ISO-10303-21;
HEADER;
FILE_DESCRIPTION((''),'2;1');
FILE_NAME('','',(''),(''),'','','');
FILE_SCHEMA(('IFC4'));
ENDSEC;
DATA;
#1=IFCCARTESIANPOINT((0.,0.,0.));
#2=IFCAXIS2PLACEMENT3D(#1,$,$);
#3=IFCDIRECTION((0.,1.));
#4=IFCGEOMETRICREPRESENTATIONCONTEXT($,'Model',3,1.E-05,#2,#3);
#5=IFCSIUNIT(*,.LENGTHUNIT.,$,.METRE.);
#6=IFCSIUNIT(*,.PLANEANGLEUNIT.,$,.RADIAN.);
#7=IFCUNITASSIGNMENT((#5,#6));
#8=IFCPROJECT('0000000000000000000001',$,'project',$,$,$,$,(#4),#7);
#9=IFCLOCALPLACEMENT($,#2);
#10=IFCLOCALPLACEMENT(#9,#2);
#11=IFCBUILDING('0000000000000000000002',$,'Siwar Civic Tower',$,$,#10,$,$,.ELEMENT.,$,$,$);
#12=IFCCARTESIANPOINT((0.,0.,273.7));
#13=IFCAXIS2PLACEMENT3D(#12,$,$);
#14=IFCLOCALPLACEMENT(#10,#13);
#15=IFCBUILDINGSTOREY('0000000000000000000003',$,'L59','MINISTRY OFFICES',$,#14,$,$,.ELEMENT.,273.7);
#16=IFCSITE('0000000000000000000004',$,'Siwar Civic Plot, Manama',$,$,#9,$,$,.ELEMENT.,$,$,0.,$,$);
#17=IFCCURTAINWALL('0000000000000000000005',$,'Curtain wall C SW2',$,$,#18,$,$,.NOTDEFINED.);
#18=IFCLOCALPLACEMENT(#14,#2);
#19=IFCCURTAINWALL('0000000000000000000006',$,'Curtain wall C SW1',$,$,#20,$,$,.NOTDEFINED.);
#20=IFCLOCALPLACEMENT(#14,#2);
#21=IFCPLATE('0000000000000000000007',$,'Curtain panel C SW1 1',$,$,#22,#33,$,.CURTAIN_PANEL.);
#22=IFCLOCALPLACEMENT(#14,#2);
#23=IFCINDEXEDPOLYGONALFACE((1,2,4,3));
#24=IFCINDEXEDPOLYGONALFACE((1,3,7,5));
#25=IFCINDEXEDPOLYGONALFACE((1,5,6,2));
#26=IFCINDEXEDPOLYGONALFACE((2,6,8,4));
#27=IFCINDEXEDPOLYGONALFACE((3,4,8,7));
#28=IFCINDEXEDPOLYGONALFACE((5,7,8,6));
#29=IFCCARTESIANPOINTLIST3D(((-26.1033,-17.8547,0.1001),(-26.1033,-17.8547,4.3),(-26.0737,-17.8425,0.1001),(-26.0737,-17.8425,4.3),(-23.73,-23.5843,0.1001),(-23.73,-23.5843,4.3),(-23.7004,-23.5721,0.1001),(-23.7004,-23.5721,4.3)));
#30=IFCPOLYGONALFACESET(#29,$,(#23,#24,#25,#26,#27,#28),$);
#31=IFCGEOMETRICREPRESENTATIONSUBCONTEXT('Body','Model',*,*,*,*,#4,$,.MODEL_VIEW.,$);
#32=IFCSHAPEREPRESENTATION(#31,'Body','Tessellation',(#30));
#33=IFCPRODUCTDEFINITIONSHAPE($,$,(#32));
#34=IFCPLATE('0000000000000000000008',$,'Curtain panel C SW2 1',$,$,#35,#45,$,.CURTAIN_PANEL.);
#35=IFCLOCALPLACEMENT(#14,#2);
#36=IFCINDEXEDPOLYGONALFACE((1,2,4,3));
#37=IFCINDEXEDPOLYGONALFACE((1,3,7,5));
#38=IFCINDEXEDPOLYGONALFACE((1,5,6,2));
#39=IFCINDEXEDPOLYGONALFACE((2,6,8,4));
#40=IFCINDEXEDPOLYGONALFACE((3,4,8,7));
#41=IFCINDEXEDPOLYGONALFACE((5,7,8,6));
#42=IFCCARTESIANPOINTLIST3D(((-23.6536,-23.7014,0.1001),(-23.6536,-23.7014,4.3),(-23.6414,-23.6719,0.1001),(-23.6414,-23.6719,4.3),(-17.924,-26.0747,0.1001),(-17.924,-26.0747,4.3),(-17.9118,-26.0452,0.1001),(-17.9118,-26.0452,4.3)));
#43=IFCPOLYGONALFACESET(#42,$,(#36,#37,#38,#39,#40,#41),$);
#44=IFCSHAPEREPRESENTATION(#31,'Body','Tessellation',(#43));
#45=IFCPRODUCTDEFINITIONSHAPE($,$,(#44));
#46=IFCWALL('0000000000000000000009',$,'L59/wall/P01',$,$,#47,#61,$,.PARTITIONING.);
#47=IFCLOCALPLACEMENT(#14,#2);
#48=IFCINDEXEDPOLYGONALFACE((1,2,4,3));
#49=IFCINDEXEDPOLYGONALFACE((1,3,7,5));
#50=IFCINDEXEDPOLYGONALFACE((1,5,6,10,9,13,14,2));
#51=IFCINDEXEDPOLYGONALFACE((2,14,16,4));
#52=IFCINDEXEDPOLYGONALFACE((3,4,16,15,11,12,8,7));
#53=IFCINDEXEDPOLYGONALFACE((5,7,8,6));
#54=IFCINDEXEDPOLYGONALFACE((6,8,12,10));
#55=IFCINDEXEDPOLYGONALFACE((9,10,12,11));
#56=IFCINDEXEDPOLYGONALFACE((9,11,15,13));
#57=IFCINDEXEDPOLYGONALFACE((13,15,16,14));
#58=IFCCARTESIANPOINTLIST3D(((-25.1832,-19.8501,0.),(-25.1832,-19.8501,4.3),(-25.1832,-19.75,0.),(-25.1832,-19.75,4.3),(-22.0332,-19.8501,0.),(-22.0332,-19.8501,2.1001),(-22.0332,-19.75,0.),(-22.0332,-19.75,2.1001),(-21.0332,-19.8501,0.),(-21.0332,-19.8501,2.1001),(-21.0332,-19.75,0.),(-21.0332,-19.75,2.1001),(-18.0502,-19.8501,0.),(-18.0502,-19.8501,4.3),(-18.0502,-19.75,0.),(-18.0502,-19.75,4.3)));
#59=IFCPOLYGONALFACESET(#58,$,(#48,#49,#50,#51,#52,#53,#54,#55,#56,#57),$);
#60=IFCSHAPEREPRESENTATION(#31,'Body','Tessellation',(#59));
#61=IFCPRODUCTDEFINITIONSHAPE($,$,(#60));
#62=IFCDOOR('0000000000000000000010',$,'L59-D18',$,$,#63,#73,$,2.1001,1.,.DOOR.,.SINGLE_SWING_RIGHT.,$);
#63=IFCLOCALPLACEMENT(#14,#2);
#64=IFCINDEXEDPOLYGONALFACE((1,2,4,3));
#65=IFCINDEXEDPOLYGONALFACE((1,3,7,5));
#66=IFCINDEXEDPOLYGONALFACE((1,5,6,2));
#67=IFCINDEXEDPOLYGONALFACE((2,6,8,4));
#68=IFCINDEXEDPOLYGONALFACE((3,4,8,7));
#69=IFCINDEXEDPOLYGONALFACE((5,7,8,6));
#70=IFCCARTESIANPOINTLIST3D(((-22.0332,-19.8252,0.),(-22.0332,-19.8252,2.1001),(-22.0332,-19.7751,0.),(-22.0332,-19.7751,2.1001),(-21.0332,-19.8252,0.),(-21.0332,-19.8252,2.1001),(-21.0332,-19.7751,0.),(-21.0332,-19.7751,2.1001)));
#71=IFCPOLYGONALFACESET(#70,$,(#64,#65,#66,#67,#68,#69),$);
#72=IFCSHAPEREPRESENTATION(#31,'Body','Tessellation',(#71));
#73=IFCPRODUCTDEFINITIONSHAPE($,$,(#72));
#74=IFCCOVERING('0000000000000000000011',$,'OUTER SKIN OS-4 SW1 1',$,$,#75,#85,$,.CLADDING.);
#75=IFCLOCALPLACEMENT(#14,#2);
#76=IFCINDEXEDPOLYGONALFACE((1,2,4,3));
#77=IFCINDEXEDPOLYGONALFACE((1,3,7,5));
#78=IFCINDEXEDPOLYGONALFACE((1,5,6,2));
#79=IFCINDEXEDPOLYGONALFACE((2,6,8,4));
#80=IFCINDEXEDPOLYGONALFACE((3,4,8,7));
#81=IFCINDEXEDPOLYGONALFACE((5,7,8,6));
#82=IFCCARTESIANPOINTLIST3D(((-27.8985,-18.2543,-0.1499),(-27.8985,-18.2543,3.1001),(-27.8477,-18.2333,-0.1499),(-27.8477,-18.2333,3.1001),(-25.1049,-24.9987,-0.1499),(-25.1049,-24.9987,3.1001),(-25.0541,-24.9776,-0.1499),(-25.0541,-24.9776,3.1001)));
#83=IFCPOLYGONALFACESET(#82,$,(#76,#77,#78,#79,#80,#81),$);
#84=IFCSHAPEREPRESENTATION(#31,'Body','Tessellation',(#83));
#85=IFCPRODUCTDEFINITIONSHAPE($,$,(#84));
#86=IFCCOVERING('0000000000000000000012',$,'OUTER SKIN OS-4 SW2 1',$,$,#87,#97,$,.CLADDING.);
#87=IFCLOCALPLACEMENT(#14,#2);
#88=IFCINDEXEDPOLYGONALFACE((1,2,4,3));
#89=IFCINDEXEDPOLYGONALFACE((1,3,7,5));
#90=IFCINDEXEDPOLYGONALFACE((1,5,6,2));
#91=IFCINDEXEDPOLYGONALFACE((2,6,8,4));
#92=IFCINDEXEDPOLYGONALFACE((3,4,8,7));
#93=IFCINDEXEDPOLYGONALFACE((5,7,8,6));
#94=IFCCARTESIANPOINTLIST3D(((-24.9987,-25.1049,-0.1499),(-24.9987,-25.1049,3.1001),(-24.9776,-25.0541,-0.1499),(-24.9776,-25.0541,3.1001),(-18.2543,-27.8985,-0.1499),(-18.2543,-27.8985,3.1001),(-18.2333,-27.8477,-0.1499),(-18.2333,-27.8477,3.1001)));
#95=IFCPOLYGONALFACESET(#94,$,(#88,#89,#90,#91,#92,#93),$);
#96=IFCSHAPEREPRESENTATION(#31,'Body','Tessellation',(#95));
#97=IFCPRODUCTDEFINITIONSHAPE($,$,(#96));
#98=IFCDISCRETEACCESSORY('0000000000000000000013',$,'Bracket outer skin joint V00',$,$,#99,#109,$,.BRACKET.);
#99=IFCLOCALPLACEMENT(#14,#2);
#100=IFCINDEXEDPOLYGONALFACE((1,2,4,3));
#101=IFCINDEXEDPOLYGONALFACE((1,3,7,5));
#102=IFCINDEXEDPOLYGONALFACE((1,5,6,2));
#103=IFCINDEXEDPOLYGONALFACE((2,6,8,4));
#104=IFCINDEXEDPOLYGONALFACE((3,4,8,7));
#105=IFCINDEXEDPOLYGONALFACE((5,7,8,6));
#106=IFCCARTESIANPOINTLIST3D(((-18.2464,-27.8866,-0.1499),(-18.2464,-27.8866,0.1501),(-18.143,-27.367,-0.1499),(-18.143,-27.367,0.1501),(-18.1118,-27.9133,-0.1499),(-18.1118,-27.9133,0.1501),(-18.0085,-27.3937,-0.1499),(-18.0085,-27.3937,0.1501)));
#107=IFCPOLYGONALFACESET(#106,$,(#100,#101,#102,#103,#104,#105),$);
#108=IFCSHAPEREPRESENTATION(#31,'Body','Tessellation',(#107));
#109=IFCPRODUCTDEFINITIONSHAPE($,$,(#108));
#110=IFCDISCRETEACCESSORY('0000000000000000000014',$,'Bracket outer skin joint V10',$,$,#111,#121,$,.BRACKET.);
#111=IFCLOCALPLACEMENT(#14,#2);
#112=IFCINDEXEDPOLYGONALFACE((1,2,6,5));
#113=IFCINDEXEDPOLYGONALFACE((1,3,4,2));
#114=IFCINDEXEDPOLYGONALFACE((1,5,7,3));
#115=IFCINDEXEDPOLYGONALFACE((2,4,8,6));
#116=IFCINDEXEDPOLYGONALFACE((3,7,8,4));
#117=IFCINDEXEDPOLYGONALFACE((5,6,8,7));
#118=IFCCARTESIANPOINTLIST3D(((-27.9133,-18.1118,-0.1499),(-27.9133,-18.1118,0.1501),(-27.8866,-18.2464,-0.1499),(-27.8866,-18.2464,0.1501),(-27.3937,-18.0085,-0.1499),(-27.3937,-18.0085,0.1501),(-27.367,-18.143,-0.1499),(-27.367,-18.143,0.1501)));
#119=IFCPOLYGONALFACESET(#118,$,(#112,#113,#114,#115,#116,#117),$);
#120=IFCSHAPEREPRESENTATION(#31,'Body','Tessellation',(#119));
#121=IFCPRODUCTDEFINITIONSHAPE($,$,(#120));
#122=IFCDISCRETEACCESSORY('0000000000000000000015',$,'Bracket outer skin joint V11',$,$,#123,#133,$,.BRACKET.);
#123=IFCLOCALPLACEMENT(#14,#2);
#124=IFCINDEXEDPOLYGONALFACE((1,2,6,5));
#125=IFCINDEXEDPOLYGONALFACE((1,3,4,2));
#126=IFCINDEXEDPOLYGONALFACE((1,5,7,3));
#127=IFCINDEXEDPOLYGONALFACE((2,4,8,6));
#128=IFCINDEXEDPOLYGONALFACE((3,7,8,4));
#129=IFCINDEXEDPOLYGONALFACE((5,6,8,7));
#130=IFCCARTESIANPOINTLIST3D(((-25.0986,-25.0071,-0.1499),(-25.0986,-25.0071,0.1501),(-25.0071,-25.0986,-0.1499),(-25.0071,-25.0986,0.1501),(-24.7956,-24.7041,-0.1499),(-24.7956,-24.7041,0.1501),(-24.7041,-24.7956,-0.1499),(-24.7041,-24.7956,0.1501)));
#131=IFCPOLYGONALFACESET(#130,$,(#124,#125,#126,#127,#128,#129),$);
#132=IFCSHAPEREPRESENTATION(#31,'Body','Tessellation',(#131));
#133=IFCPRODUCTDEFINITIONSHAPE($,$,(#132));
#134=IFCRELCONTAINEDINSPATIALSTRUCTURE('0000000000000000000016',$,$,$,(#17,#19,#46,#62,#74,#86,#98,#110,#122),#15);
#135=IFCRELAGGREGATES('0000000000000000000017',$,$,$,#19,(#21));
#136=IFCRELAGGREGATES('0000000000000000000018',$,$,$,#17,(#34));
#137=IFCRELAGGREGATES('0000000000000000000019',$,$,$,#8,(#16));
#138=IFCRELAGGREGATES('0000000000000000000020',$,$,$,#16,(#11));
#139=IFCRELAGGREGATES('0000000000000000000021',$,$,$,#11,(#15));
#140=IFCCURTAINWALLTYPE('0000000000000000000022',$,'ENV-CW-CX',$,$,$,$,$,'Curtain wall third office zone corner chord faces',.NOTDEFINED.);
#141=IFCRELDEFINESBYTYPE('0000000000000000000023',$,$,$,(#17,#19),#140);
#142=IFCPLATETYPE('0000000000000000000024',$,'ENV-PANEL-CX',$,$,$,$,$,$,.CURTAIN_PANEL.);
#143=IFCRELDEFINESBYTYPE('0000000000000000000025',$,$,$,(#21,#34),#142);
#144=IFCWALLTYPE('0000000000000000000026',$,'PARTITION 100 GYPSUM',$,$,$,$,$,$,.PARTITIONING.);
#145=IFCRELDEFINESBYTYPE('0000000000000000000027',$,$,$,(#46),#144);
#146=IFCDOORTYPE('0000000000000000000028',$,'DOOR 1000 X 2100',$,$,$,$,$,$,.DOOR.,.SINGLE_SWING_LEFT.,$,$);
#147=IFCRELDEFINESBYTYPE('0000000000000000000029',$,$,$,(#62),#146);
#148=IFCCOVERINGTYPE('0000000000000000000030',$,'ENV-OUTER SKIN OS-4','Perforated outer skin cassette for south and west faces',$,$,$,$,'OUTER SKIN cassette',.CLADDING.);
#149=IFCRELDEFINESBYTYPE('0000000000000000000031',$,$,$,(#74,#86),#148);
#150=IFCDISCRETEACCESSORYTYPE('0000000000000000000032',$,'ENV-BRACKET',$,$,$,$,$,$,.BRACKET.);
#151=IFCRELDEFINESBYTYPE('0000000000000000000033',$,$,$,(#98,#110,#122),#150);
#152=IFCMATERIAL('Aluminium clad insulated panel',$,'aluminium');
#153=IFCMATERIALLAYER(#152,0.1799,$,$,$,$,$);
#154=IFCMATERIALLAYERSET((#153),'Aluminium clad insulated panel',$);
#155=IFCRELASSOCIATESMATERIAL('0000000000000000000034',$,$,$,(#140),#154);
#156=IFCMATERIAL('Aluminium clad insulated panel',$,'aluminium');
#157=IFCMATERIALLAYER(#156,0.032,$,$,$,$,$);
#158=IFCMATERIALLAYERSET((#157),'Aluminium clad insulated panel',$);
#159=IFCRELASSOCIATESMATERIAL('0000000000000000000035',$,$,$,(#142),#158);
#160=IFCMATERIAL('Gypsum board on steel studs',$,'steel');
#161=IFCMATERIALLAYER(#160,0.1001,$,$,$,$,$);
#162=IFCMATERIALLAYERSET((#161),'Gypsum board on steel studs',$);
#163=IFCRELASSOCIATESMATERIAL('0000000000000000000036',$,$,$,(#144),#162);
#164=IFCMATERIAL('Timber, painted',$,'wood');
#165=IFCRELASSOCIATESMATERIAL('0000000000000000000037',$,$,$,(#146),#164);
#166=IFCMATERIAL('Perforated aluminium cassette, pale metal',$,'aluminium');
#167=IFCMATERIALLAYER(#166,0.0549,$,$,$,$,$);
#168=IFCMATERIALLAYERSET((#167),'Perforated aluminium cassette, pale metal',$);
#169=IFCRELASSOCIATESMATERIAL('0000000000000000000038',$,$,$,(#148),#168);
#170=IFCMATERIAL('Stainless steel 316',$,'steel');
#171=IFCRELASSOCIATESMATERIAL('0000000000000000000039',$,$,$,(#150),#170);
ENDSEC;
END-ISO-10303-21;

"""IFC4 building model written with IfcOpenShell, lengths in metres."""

from ifc_helpers import new_model, si_unit, direction, frame, frame_2d, origin, origin_2d, place, context, subcontext, project, spatial, rectangle, extrude, material, layer, layer_set, type_object, element, fill, aggregate, save


model = new_model("IFC4")

# Units and contexts
model_context = context("Model", 3, precision=1e-05, world=origin(), true_north=direction((0.0, 1.0)))
body_context = subcontext(model_context, "Body", "Model", "MODEL_VIEW")
ifc_project = project(units=[si_unit("LENGTHUNIT", "METRE"), si_unit("PLANEANGLEUNIT", "RADIAN")], contexts=[model_context])

# Site, building, storey
site_placement = place(None, origin())
site = spatial("IfcSite", under=ifc_project, at=site_placement, Name="Siwar Civic Plot, Manama", CompositionType="ELEMENT", RefElevation=0.0)
building_placement = place(site_placement, origin())
building = spatial("IfcBuilding", under=site, at=building_placement, Name="Siwar Civic Tower", CompositionType="ELEMENT")
storey_placement = place(building_placement, frame((0.0, 0.0, 273.7)))
storey = spatial("IfcBuildingStorey", under=building, at=storey_placement, Name="L59", Description="MINISTRY OFFICES", CompositionType="ELEMENT", Elevation=273.7)

# Curtain wall
ifc_material_1 = material(Name="Aluminium clad insulated panel", Category="aluminium")
ifc_layer_1 = layer(ifc_material_1, 0.1799)
ifc_layer_set_1 = layer_set([ifc_layer_1], Name="Aluminium clad insulated panel")
curtain_wall_type = type_object("IfcCurtainWallType", Name="ENV-CW-CX", ElementType="Curtain wall third office zone corner chord faces", PredefinedType="NOTDEFINED", material=ifc_layer_set_1)
curtain_wall_1_placement = place(storey_placement, origin())
curtain_wall_1 = element("IfcCurtainWall", 1, at=curtain_wall_1_placement, inside=storey, type_object=curtain_wall_type, Name="Curtain wall C SW2", PredefinedType="NOTDEFINED")

# Curtain wall, plate
curtain_wall_2_placement = place(storey_placement, origin())
curtain_wall_2 = element("IfcCurtainWall", 2, at=curtain_wall_2_placement, inside=storey, type_object=curtain_wall_type, Name="Curtain wall C SW1", PredefinedType="NOTDEFINED")
ifc_material_2 = material(Name="Aluminium clad insulated panel", Category="aluminium")
ifc_layer_2 = layer(ifc_material_2, 0.032)
ifc_layer_set_2 = layer_set([ifc_layer_2], Name="Aluminium clad insulated panel")
plate_type = type_object("IfcPlateType", Name="ENV-PANEL-CX", PredefinedType="CURTAIN_PANEL", material=ifc_layer_set_2)
plate_1_placement = place(storey_placement, frame((-24.9019, -20.7134, 0.1001), z_axis=(0.0, 0.0, 1.0), x_axis=(0.382683, -0.92388, 0.0)))
plate_1 = element("IfcPlate", 3, at=plate_1_placement, type_object=plate_type, Name="Curtain panel C SW1 1", PredefinedType="CURTAIN_PANEL", context=body_context, shape_type="SweptSolid", body=[
    extrude(rectangle(XDim=6.2017, YDim=0.032, at=origin_2d()), origin(), (0.0, 0.0, 1.0), 4.2),
])
aggregate(curtain_wall_2, [plate_1])

# Plate
plate_2_placement = place(storey_placement, frame((-20.7827, -24.8733, 0.1001), z_axis=(0.0, 0.0, 1.0), x_axis=(0.92388, -0.382683, 0.0)))
plate_2 = element("IfcPlate", 4, at=plate_2_placement, type_object=plate_type, Name="Curtain panel C SW2 1", PredefinedType="CURTAIN_PANEL", context=body_context, shape_type="SweptSolid", body=[
    extrude(rectangle(XDim=6.2017, YDim=0.032, at=origin_2d()), origin(), (0.0, 0.0, 1.0), 4.2),
])
aggregate(curtain_wall_1, [plate_2])

# Wall, opening, door
ifc_material_3 = material(Name="Gypsum board on steel studs", Category="steel")
ifc_layer_3 = layer(ifc_material_3, 0.1001)
ifc_layer_set_3 = layer_set([ifc_layer_3], Name="Gypsum board on steel studs")
wall_type = type_object("IfcWallType", Name="PARTITION 100 GYPSUM", PredefinedType="PARTITIONING", material=ifc_layer_set_3)
wall_placement = place(storey_placement, frame((-25.1831, -19.8, 0.0), z_axis=(0.0, 0.0, 1.0), x_axis=(1.0, 0.0, 0.0)))
wall = element("IfcWall", 5, at=wall_placement, inside=storey, type_object=wall_type, Name="L59/wall/P01", PredefinedType="PARTITIONING", context=body_context, shape_type="SweptSolid", body=[
    extrude(rectangle(XDim=7.1331, YDim=0.1001, at=frame_2d((3.5664, 0.0))), origin(), (0.0, 0.0, 1.0), 4.3),
])
opening_placement = place(wall_placement, frame((3.1499, 0.0, 0.0)))
opening = element("IfcOpeningElement", 6, at=opening_placement, cuts=wall, PredefinedType="OPENING", context=body_context, shape_type="SweptSolid", body=[
    extrude(rectangle(XDim=1.0, YDim=2.1001, at=frame_2d((0.5, 1.05))), frame((0.0, 0.0601, 0.0), z_axis=(0.0, -1.0, 0.0), x_axis=(1.0, 0.0, 0.0)), (0.0, 0.0, 1.0), 0.1201),
])
ifc_material_4 = material(Name="Timber, painted", Category="wood")
door_type = type_object("IfcDoorType", Name="DOOR 1000 X 2100", OperationType="SINGLE_SWING_LEFT", PredefinedType="DOOR", material=ifc_material_4)
door_placement = place(opening_placement, origin())
door = element("IfcDoor", 7, at=door_placement, inside=storey, type_object=door_type, Name="L59-D18", OperationType="SINGLE_SWING_RIGHT", OverallHeight=2.1001, OverallWidth=1.0, PredefinedType="DOOR", context=body_context, shape_type="SweptSolid", body=[
    extrude(rectangle(XDim=1.0, YDim=2.1001, at=frame_2d((0.5, 1.05))), frame((0.0, 0.0249, 0.0), z_axis=(0.0, -1.0, 0.0), x_axis=(1.0, 0.0, 0.0)), (0.0, 0.0, 1.0), 0.05),
])
fill(opening, door)

# Coverings
ifc_material_5 = material(Name="Perforated aluminium cassette, pale metal", Category="aluminium")
ifc_layer_4 = layer(ifc_material_5, 0.0549)
ifc_layer_set_4 = layer_set([ifc_layer_4], Name="Perforated aluminium cassette, pale metal")
covering_type = type_object("IfcCoveringType", Name="ENV-OUTER SKIN OS-4", Description="Perforated outer skin cassette for south and west faces", ElementType="OUTER SKIN cassette", PredefinedType="CLADDING", material=ifc_layer_set_4)
for number, where, z_axis, x_axis, name in (
    (8, (-26.4763, -21.616, -0.1499), (0.0, 0.0, 1.0), (0.382683, -0.92388, 0.0), "OUTER SKIN OS-4 SW1 1"),
    (9, (-21.616, -26.4763, -0.1499), (0.0, 0.0, 1.0), (0.92388, -0.382683, 0.0), "OUTER SKIN OS-4 SW2 1"),
):
    element("IfcCovering", number, at=place(storey_placement, frame(where, z_axis=z_axis, x_axis=x_axis)), inside=storey, type_object=covering_type, Name=name, PredefinedType="CLADDING", context=body_context, shape_type="SweptSolid", body=[
        extrude(rectangle(XDim=7.3, YDim=0.0549, at=origin_2d()), origin(), (0.0, 0.0, 1.0), 3.25),
    ])

# Discrete accessories
ifc_material_6 = material(Name="Stainless steel 316", Category="steel")
discrete_accessory_type = type_object("IfcDiscreteAccessoryType", Name="ENV-BRACKET", PredefinedType="BRACKET", material=ifc_material_6)
for number, where, z_axis, x_axis, name in (
    (10, (-18.1274, -27.6401, -0.1499), (0.0, 0.0, 1.0), (-0.19509, -0.980785, 0.0), "Bracket outer skin joint V00"),
    (11, (-27.6401, -18.1274, -0.1499), (0.0, 0.0, 1.0), (-0.980785, -0.19509, 0.0), "Bracket outer skin joint V10"),
):
    element("IfcDiscreteAccessory", number, at=place(storey_placement, frame(where, z_axis=z_axis, x_axis=x_axis)), inside=storey, type_object=discrete_accessory_type, Name=name, PredefinedType="BRACKET", context=body_context, shape_type="SweptSolid", body=[
        extrude(rectangle(XDim=0.5298, YDim=0.1372, at=origin_2d()), origin(), (0.0, 0.0, 1.0), 0.3),
    ])
discrete_accessory_placement = place(storey_placement, frame((-24.9014, -24.9014, -0.1499), z_axis=(0.0, 0.0, 1.0), x_axis=(-0.707107, -0.707107, 0.0)))
element("IfcDiscreteAccessory", 12, at=discrete_accessory_placement, inside=storey, type_object=discrete_accessory_type, Name="Bracket outer skin joint V11", PredefinedType="BRACKET", context=body_context, shape_type="SweptSolid", body=[
    extrude(rectangle(XDim=0.4285, YDim=0.1294, at=origin_2d()), origin(), (0.0, 0.0, 1.0), 0.3),
])

save(model, "model.ifc")
